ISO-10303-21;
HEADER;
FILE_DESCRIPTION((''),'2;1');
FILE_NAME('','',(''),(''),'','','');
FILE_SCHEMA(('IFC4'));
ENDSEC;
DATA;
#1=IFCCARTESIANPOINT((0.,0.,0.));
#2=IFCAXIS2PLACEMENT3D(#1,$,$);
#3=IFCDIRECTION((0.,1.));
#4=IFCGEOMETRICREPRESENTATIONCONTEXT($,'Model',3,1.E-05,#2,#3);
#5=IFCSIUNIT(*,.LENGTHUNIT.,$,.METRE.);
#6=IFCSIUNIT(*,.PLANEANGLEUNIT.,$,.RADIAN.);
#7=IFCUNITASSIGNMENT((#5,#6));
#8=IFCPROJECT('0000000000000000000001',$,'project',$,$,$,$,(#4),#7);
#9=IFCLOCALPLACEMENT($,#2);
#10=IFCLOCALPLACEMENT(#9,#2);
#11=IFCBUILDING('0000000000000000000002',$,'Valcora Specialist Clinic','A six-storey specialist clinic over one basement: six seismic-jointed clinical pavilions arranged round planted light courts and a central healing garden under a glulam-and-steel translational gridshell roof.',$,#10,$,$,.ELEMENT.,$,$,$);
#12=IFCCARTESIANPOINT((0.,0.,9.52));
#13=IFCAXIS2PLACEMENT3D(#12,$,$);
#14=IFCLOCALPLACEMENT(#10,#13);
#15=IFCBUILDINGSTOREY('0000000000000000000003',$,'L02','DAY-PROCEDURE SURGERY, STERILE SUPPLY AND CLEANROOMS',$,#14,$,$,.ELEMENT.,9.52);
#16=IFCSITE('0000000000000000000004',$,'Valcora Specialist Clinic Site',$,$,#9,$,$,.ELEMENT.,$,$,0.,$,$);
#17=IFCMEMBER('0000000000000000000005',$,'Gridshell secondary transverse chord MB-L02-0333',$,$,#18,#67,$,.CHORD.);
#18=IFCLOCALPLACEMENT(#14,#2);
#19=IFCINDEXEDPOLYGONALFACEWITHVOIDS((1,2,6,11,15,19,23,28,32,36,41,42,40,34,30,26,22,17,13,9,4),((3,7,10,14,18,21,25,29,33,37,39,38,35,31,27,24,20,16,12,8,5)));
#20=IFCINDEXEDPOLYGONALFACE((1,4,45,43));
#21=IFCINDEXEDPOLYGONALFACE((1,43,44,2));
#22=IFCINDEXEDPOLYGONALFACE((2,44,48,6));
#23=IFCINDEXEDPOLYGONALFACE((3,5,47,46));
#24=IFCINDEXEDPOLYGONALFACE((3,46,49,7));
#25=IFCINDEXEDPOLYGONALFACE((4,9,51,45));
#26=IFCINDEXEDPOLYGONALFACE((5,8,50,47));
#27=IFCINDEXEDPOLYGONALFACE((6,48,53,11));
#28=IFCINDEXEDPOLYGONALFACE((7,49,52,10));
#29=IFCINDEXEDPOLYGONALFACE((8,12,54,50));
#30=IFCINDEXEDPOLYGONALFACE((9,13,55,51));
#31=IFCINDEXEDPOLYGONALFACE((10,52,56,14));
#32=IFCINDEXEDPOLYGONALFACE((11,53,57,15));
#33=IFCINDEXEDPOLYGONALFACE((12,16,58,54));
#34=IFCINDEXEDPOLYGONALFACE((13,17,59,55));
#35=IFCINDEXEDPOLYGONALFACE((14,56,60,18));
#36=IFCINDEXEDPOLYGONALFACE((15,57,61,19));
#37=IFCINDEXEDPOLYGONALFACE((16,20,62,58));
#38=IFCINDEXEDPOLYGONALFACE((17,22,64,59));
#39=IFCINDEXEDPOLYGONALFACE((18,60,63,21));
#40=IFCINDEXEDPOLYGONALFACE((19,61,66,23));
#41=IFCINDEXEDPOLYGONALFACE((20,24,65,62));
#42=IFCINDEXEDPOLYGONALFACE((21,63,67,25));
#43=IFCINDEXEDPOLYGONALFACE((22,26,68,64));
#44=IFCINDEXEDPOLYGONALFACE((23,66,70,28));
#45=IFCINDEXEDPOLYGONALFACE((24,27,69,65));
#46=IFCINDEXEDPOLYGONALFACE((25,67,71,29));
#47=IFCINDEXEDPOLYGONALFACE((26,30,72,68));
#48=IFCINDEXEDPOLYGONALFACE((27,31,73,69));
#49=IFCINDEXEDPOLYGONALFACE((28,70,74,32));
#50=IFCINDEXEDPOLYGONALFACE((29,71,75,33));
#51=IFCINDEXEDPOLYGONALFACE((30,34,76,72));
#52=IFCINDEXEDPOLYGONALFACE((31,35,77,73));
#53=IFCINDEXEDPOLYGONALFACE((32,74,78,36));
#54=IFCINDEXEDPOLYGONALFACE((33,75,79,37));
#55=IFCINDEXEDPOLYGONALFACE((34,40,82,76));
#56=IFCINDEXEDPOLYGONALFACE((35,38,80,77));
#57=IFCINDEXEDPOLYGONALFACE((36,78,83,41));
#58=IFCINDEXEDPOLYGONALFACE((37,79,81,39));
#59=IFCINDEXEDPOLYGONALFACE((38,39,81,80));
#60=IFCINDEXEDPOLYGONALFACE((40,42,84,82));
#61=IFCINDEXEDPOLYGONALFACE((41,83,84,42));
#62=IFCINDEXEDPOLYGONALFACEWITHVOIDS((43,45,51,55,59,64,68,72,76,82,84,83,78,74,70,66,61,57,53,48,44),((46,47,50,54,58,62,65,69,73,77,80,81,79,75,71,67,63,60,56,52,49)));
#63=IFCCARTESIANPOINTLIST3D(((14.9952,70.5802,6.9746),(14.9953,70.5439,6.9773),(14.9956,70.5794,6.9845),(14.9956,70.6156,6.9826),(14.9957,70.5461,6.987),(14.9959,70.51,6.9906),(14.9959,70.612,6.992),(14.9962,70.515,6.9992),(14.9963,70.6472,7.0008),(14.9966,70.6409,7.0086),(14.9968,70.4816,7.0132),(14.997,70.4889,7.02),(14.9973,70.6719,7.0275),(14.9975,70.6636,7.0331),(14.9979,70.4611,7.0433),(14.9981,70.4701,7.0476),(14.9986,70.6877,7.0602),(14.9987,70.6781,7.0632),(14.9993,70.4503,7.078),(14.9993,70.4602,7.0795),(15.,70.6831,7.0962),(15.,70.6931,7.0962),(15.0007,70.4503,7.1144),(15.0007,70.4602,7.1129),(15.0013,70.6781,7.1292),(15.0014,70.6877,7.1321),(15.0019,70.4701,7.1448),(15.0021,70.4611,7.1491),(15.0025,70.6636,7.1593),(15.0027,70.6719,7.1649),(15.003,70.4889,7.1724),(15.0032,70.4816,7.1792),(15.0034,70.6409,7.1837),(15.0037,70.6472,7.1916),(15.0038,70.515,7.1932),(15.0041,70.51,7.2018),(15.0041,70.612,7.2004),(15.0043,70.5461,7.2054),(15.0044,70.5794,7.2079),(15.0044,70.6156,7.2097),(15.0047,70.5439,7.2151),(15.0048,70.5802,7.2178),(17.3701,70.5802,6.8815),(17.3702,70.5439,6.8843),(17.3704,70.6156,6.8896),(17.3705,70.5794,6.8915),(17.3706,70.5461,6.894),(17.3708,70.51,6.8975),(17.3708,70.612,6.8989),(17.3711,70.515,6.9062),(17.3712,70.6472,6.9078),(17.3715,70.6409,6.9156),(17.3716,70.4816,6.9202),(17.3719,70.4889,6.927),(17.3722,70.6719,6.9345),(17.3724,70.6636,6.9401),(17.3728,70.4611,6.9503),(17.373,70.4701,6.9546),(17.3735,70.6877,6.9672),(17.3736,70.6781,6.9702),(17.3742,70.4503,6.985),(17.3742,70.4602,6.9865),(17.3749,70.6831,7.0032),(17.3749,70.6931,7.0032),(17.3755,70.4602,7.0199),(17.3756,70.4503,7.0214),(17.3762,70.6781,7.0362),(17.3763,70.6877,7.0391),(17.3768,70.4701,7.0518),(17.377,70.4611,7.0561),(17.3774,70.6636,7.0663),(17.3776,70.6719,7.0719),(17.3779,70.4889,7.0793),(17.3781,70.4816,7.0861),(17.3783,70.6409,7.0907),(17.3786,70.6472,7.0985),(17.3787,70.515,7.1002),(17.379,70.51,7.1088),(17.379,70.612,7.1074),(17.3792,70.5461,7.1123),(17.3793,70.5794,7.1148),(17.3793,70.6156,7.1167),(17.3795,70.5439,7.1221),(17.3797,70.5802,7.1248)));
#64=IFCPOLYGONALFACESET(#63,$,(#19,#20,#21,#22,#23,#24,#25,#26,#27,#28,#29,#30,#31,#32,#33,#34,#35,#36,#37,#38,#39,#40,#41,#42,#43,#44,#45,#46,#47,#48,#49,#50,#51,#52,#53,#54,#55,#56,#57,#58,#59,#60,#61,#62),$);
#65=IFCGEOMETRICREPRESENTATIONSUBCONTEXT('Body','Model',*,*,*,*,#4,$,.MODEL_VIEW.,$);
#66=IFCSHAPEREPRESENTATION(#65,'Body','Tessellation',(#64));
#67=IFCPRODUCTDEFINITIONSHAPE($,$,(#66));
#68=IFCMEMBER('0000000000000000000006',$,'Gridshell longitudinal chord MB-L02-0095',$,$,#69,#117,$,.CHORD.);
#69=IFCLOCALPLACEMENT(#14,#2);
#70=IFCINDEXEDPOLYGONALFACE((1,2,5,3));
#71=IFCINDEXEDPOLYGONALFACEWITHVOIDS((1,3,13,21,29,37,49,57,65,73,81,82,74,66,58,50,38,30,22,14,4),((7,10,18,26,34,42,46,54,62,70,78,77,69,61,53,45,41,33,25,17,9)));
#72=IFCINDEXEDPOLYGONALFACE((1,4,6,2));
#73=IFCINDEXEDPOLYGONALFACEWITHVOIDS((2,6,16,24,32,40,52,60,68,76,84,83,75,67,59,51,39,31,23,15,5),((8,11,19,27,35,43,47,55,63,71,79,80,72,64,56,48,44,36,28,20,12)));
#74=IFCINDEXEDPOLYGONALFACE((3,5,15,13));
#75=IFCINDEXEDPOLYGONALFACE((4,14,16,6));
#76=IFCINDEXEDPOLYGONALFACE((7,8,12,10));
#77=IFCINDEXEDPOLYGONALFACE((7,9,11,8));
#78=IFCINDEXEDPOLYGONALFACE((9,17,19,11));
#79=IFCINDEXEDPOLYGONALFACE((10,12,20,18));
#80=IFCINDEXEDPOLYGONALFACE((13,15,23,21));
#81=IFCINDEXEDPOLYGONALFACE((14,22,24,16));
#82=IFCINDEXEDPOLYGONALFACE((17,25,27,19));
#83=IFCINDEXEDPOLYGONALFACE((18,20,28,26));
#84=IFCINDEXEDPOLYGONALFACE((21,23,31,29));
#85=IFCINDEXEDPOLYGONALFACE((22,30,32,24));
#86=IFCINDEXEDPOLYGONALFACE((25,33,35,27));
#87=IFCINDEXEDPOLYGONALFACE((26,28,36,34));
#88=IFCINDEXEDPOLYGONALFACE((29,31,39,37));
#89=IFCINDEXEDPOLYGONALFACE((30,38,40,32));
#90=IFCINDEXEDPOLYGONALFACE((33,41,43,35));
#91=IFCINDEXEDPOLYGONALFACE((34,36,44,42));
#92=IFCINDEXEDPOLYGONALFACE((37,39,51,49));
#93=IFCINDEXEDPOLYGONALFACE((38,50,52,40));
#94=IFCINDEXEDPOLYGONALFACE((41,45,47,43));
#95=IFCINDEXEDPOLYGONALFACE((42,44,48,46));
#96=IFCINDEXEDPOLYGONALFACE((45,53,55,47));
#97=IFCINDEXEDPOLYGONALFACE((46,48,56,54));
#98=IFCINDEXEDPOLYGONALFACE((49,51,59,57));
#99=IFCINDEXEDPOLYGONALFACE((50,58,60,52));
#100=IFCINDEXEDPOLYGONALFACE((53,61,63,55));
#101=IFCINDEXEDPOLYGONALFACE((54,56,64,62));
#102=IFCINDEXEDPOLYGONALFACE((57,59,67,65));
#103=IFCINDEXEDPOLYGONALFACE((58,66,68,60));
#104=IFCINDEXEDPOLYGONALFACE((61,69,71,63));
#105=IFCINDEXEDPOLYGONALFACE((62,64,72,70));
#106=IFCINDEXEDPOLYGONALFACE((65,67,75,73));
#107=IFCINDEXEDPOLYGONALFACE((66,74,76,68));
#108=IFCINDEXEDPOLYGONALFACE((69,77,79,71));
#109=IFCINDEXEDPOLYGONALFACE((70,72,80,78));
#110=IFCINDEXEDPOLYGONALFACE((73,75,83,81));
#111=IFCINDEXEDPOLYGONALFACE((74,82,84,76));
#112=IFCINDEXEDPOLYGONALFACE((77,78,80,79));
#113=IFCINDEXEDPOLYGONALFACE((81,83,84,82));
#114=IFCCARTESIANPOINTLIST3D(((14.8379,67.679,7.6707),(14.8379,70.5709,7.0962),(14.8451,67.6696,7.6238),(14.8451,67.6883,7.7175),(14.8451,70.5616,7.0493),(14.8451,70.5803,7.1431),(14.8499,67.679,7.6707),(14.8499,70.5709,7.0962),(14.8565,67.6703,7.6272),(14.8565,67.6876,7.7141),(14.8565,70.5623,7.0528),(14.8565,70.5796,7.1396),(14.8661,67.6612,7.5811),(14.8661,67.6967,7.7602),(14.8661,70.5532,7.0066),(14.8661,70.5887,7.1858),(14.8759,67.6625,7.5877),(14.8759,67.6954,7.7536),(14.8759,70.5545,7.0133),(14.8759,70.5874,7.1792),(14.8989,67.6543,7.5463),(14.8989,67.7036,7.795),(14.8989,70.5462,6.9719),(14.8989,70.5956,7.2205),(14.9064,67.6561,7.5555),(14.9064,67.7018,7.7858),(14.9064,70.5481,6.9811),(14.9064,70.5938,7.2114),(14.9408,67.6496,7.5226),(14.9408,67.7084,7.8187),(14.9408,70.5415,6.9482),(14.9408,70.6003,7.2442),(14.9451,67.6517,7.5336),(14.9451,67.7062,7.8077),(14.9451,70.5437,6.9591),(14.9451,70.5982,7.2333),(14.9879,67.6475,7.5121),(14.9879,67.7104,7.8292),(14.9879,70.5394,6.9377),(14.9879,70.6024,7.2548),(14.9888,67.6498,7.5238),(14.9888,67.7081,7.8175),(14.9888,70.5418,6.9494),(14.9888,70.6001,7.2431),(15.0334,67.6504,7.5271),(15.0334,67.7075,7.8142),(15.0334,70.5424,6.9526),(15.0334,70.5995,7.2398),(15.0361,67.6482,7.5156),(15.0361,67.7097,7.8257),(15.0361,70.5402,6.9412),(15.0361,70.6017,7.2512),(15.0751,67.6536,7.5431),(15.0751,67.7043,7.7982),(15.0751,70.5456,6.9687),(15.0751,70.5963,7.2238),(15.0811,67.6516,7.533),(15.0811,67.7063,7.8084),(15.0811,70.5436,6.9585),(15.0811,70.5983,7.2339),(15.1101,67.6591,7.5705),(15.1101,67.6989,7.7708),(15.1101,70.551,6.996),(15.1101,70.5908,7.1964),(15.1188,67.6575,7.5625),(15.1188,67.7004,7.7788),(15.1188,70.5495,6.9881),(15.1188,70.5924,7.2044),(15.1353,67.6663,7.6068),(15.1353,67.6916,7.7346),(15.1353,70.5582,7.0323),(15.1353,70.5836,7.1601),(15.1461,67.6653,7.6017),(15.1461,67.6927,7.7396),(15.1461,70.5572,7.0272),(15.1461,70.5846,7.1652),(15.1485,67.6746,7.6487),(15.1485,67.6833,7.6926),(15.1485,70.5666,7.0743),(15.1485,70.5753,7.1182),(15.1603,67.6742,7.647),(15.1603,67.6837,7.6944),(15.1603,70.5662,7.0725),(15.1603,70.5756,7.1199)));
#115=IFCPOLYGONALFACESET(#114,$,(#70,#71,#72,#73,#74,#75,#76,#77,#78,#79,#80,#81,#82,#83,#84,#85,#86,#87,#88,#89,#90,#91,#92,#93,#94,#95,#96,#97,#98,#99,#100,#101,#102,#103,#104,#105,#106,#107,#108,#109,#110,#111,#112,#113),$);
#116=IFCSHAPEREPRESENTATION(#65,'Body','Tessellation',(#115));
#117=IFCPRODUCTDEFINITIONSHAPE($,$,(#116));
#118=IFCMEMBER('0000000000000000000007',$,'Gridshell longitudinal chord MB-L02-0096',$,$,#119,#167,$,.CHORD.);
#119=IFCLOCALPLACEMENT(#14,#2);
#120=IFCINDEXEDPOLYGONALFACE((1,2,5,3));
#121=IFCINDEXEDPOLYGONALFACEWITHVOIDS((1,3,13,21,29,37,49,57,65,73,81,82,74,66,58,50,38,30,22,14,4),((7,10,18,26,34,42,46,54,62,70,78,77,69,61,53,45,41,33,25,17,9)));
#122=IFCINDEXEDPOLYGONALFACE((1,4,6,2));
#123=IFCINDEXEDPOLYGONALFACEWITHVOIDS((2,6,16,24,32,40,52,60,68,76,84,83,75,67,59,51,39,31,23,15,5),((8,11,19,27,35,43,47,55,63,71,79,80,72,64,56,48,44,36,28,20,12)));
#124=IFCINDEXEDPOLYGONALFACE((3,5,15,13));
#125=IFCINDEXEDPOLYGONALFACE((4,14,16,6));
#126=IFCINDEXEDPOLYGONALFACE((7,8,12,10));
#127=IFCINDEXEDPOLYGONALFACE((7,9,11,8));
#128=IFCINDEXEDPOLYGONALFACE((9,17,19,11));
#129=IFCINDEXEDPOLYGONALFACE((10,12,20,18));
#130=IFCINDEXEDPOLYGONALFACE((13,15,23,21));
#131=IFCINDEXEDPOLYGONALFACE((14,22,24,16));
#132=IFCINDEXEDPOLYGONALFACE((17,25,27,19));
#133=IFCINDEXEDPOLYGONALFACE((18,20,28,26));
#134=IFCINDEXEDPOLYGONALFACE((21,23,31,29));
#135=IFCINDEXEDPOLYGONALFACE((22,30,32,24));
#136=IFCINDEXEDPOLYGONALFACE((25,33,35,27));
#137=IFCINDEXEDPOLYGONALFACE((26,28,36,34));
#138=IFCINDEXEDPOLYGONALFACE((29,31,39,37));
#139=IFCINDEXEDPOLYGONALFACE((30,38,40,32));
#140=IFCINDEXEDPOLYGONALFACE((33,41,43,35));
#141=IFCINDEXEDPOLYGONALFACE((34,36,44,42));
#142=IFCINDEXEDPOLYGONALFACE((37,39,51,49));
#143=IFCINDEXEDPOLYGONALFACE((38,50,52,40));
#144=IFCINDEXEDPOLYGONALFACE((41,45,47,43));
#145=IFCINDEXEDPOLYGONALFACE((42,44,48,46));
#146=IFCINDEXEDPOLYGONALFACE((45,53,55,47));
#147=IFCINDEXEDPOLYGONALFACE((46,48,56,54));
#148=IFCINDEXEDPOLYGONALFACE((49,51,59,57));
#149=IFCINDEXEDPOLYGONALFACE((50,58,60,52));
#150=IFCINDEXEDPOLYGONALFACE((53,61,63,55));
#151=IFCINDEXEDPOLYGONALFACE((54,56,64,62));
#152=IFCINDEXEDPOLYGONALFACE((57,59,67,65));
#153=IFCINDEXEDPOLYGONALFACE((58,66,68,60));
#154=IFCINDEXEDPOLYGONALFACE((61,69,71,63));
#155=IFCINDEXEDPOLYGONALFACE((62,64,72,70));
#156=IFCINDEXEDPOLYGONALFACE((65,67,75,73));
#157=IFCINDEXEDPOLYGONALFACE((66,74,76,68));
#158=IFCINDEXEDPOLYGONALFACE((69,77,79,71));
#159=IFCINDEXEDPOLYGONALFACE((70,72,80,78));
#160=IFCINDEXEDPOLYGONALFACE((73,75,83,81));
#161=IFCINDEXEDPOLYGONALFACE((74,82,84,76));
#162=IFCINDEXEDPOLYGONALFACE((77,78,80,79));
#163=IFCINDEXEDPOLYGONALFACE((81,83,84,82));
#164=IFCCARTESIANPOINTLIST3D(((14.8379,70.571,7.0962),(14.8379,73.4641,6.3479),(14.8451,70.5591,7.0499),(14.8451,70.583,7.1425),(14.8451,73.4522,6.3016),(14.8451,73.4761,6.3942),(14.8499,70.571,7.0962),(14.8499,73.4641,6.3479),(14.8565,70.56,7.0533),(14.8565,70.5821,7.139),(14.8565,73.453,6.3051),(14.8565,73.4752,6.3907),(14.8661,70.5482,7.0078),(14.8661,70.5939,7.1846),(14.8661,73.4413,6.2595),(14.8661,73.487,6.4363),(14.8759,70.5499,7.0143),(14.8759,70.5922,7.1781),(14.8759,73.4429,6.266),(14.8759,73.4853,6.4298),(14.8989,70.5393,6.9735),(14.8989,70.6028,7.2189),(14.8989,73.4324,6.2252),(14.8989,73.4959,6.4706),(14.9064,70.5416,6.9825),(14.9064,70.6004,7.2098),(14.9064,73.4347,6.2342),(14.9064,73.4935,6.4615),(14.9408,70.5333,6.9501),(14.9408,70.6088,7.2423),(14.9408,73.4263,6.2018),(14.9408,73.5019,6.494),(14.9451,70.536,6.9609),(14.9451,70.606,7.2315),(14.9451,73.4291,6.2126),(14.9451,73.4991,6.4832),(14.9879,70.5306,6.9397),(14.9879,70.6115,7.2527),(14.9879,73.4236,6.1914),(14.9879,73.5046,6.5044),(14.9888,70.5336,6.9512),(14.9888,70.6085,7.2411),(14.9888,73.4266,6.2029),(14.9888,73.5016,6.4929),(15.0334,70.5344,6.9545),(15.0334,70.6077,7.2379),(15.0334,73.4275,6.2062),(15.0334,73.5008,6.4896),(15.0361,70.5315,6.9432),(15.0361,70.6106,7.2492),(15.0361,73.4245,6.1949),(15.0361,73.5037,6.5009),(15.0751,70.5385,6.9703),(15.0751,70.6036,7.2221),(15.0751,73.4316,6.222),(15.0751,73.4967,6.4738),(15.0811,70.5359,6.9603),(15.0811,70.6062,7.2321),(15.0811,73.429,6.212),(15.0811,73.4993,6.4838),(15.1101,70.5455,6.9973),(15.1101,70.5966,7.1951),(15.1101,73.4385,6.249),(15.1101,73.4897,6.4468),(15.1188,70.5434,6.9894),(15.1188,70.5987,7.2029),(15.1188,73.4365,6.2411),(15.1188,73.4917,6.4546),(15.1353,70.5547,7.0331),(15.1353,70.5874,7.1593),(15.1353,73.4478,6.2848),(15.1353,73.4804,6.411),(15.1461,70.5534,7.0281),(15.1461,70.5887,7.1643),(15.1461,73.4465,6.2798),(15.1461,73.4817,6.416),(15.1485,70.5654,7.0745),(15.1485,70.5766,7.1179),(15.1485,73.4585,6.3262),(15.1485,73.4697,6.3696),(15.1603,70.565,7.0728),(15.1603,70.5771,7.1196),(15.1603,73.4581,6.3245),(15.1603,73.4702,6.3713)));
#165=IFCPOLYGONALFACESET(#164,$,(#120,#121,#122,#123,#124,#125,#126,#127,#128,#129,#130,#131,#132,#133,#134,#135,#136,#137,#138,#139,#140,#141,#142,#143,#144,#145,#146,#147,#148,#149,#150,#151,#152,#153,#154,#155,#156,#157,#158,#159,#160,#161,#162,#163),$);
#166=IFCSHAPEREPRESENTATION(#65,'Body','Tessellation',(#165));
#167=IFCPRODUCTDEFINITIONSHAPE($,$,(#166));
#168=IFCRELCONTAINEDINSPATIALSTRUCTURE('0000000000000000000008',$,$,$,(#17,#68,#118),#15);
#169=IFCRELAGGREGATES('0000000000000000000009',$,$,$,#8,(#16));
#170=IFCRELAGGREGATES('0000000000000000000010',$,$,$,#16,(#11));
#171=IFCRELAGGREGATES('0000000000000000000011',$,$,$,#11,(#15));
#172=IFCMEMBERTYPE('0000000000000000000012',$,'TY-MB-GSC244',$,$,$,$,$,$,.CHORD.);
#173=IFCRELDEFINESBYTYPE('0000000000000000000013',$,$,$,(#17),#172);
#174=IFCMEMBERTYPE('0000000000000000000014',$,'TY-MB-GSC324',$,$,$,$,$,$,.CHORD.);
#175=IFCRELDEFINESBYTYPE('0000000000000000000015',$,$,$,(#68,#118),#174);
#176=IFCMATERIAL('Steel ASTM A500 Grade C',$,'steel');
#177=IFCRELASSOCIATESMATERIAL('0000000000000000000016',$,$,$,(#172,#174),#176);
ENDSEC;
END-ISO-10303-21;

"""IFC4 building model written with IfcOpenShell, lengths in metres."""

from ifc_helpers import new_model, si_unit, direction, frame, origin, origin_2d, place, context, subcontext, project, spatial, hollow_circle, extrude, material, material_profile, profile_set, type_object, element, save


model = new_model("IFC4")

# Units and contexts
model_context = context("Model", 3, precision=1e-05, world=origin(), true_north=direction((0.0, 1.0)))
body_context = subcontext(model_context, "Body", "Model", "MODEL_VIEW")
ifc_project = project(units=[si_unit("LENGTHUNIT", "METRE"), si_unit("PLANEANGLEUNIT", "RADIAN")], contexts=[model_context])

# Site, building, storey
site_placement = place(None, origin())
site = spatial("IfcSite", under=ifc_project, at=site_placement, Name="Valcora Specialist Clinic Site", CompositionType="ELEMENT", RefElevation=0.0)
building_placement = place(site_placement, origin())
building = spatial("IfcBuilding", under=site, at=building_placement, Name="Valcora Specialist Clinic", Description="A six-storey specialist clinic over one basement: six seismic-jointed clinical pavilions arranged round planted light courts and a central healing garden under a glulam-and-steel translational gridshell roof.", CompositionType="ELEMENT")
storey_placement = place(building_placement, frame((0.0, 0.0, 9.52)))
storey = spatial("IfcBuildingStorey", under=building, at=storey_placement, Name="L02", Description="DAY-PROCEDURE SURGERY, STERILE SUPPLY AND CLEANROOMS", CompositionType="ELEMENT", Elevation=9.52)

# Members
ifc_material_1 = material(Name="Steel ASTM A500 Grade C", Category="steel")
ifc_material_profile_1 = material_profile(ifc_material_1, hollow_circle(Radius=0.1221, WallThickness=0.01, at=origin_2d()), Name="ST-CHS-244X10")
ifc_profile_set_1 = profile_set([ifc_material_profile_1], Name="Steel ASTM A500 Grade C")
member_type_1 = type_object("IfcMemberType", Name="TY-MB-GSC244", PredefinedType="CHORD", material=ifc_profile_set_1)
for number, where, z_axis, x_axis, name in (
    (1, (15.0, 70.571, 7.0962), (0.999234, 0.0, -0.039135), (0.0, 1.0, 0.0), "Gridshell secondary transverse chord MB-L02-0333"),
):
    element("IfcMember", number, at=place(storey_placement, frame(where, z_axis=z_axis, x_axis=x_axis)), inside=storey, type_object=member_type_1, Name=name, PredefinedType="CHORD", context=body_context, shape_type="SweptSolid", body=[
        extrude(hollow_circle(Radius=0.1221, WallThickness=0.01, at=origin_2d()), origin(), (0.0, 0.0, 1.0), 2.3767),
    ])
ifc_material_profile_2 = material_profile(ifc_material_1, hollow_circle(Radius=0.1621, WallThickness=0.012, at=origin_2d()), Name="ST-CHS-324X12")
ifc_profile_set_2 = profile_set([ifc_material_profile_2], Name="Steel ASTM A500 Grade C")
member_type_2 = type_object("IfcMemberType", Name="TY-MB-GSC324", PredefinedType="CHORD", material=ifc_profile_set_2)
member_1_placement = place(storey_placement, frame((15.0, 67.679, 7.6707), z_axis=(0.0, 0.980838, -0.194826), x_axis=(-1.0, 0.0, 0.0)))
element("IfcMember", 2, at=member_1_placement, inside=storey, type_object=member_type_2, Name="Gridshell longitudinal chord MB-L02-0095", PredefinedType="CHORD", context=body_context, shape_type="SweptSolid", body=[
    extrude(hollow_circle(Radius=0.1621, WallThickness=0.012, at=origin_2d()), origin(), (0.0, 0.0, 1.0), 2.9485),
])
member_2_placement = place(storey_placement, frame((15.0, 70.571, 7.0962), z_axis=(0.0, 0.96814, -0.250409), x_axis=(-1.0, 0.0, 0.0)))
element("IfcMember", 3, at=member_2_placement, inside=storey, type_object=member_type_2, Name="Gridshell longitudinal chord MB-L02-0096", PredefinedType="CHORD", context=body_context, shape_type="SweptSolid", body=[
    extrude(hollow_circle(Radius=0.1621, WallThickness=0.012, at=origin_2d()), origin(), (0.0, 0.0, 1.0), 2.9883),
])

save(model, "model.ifc")
